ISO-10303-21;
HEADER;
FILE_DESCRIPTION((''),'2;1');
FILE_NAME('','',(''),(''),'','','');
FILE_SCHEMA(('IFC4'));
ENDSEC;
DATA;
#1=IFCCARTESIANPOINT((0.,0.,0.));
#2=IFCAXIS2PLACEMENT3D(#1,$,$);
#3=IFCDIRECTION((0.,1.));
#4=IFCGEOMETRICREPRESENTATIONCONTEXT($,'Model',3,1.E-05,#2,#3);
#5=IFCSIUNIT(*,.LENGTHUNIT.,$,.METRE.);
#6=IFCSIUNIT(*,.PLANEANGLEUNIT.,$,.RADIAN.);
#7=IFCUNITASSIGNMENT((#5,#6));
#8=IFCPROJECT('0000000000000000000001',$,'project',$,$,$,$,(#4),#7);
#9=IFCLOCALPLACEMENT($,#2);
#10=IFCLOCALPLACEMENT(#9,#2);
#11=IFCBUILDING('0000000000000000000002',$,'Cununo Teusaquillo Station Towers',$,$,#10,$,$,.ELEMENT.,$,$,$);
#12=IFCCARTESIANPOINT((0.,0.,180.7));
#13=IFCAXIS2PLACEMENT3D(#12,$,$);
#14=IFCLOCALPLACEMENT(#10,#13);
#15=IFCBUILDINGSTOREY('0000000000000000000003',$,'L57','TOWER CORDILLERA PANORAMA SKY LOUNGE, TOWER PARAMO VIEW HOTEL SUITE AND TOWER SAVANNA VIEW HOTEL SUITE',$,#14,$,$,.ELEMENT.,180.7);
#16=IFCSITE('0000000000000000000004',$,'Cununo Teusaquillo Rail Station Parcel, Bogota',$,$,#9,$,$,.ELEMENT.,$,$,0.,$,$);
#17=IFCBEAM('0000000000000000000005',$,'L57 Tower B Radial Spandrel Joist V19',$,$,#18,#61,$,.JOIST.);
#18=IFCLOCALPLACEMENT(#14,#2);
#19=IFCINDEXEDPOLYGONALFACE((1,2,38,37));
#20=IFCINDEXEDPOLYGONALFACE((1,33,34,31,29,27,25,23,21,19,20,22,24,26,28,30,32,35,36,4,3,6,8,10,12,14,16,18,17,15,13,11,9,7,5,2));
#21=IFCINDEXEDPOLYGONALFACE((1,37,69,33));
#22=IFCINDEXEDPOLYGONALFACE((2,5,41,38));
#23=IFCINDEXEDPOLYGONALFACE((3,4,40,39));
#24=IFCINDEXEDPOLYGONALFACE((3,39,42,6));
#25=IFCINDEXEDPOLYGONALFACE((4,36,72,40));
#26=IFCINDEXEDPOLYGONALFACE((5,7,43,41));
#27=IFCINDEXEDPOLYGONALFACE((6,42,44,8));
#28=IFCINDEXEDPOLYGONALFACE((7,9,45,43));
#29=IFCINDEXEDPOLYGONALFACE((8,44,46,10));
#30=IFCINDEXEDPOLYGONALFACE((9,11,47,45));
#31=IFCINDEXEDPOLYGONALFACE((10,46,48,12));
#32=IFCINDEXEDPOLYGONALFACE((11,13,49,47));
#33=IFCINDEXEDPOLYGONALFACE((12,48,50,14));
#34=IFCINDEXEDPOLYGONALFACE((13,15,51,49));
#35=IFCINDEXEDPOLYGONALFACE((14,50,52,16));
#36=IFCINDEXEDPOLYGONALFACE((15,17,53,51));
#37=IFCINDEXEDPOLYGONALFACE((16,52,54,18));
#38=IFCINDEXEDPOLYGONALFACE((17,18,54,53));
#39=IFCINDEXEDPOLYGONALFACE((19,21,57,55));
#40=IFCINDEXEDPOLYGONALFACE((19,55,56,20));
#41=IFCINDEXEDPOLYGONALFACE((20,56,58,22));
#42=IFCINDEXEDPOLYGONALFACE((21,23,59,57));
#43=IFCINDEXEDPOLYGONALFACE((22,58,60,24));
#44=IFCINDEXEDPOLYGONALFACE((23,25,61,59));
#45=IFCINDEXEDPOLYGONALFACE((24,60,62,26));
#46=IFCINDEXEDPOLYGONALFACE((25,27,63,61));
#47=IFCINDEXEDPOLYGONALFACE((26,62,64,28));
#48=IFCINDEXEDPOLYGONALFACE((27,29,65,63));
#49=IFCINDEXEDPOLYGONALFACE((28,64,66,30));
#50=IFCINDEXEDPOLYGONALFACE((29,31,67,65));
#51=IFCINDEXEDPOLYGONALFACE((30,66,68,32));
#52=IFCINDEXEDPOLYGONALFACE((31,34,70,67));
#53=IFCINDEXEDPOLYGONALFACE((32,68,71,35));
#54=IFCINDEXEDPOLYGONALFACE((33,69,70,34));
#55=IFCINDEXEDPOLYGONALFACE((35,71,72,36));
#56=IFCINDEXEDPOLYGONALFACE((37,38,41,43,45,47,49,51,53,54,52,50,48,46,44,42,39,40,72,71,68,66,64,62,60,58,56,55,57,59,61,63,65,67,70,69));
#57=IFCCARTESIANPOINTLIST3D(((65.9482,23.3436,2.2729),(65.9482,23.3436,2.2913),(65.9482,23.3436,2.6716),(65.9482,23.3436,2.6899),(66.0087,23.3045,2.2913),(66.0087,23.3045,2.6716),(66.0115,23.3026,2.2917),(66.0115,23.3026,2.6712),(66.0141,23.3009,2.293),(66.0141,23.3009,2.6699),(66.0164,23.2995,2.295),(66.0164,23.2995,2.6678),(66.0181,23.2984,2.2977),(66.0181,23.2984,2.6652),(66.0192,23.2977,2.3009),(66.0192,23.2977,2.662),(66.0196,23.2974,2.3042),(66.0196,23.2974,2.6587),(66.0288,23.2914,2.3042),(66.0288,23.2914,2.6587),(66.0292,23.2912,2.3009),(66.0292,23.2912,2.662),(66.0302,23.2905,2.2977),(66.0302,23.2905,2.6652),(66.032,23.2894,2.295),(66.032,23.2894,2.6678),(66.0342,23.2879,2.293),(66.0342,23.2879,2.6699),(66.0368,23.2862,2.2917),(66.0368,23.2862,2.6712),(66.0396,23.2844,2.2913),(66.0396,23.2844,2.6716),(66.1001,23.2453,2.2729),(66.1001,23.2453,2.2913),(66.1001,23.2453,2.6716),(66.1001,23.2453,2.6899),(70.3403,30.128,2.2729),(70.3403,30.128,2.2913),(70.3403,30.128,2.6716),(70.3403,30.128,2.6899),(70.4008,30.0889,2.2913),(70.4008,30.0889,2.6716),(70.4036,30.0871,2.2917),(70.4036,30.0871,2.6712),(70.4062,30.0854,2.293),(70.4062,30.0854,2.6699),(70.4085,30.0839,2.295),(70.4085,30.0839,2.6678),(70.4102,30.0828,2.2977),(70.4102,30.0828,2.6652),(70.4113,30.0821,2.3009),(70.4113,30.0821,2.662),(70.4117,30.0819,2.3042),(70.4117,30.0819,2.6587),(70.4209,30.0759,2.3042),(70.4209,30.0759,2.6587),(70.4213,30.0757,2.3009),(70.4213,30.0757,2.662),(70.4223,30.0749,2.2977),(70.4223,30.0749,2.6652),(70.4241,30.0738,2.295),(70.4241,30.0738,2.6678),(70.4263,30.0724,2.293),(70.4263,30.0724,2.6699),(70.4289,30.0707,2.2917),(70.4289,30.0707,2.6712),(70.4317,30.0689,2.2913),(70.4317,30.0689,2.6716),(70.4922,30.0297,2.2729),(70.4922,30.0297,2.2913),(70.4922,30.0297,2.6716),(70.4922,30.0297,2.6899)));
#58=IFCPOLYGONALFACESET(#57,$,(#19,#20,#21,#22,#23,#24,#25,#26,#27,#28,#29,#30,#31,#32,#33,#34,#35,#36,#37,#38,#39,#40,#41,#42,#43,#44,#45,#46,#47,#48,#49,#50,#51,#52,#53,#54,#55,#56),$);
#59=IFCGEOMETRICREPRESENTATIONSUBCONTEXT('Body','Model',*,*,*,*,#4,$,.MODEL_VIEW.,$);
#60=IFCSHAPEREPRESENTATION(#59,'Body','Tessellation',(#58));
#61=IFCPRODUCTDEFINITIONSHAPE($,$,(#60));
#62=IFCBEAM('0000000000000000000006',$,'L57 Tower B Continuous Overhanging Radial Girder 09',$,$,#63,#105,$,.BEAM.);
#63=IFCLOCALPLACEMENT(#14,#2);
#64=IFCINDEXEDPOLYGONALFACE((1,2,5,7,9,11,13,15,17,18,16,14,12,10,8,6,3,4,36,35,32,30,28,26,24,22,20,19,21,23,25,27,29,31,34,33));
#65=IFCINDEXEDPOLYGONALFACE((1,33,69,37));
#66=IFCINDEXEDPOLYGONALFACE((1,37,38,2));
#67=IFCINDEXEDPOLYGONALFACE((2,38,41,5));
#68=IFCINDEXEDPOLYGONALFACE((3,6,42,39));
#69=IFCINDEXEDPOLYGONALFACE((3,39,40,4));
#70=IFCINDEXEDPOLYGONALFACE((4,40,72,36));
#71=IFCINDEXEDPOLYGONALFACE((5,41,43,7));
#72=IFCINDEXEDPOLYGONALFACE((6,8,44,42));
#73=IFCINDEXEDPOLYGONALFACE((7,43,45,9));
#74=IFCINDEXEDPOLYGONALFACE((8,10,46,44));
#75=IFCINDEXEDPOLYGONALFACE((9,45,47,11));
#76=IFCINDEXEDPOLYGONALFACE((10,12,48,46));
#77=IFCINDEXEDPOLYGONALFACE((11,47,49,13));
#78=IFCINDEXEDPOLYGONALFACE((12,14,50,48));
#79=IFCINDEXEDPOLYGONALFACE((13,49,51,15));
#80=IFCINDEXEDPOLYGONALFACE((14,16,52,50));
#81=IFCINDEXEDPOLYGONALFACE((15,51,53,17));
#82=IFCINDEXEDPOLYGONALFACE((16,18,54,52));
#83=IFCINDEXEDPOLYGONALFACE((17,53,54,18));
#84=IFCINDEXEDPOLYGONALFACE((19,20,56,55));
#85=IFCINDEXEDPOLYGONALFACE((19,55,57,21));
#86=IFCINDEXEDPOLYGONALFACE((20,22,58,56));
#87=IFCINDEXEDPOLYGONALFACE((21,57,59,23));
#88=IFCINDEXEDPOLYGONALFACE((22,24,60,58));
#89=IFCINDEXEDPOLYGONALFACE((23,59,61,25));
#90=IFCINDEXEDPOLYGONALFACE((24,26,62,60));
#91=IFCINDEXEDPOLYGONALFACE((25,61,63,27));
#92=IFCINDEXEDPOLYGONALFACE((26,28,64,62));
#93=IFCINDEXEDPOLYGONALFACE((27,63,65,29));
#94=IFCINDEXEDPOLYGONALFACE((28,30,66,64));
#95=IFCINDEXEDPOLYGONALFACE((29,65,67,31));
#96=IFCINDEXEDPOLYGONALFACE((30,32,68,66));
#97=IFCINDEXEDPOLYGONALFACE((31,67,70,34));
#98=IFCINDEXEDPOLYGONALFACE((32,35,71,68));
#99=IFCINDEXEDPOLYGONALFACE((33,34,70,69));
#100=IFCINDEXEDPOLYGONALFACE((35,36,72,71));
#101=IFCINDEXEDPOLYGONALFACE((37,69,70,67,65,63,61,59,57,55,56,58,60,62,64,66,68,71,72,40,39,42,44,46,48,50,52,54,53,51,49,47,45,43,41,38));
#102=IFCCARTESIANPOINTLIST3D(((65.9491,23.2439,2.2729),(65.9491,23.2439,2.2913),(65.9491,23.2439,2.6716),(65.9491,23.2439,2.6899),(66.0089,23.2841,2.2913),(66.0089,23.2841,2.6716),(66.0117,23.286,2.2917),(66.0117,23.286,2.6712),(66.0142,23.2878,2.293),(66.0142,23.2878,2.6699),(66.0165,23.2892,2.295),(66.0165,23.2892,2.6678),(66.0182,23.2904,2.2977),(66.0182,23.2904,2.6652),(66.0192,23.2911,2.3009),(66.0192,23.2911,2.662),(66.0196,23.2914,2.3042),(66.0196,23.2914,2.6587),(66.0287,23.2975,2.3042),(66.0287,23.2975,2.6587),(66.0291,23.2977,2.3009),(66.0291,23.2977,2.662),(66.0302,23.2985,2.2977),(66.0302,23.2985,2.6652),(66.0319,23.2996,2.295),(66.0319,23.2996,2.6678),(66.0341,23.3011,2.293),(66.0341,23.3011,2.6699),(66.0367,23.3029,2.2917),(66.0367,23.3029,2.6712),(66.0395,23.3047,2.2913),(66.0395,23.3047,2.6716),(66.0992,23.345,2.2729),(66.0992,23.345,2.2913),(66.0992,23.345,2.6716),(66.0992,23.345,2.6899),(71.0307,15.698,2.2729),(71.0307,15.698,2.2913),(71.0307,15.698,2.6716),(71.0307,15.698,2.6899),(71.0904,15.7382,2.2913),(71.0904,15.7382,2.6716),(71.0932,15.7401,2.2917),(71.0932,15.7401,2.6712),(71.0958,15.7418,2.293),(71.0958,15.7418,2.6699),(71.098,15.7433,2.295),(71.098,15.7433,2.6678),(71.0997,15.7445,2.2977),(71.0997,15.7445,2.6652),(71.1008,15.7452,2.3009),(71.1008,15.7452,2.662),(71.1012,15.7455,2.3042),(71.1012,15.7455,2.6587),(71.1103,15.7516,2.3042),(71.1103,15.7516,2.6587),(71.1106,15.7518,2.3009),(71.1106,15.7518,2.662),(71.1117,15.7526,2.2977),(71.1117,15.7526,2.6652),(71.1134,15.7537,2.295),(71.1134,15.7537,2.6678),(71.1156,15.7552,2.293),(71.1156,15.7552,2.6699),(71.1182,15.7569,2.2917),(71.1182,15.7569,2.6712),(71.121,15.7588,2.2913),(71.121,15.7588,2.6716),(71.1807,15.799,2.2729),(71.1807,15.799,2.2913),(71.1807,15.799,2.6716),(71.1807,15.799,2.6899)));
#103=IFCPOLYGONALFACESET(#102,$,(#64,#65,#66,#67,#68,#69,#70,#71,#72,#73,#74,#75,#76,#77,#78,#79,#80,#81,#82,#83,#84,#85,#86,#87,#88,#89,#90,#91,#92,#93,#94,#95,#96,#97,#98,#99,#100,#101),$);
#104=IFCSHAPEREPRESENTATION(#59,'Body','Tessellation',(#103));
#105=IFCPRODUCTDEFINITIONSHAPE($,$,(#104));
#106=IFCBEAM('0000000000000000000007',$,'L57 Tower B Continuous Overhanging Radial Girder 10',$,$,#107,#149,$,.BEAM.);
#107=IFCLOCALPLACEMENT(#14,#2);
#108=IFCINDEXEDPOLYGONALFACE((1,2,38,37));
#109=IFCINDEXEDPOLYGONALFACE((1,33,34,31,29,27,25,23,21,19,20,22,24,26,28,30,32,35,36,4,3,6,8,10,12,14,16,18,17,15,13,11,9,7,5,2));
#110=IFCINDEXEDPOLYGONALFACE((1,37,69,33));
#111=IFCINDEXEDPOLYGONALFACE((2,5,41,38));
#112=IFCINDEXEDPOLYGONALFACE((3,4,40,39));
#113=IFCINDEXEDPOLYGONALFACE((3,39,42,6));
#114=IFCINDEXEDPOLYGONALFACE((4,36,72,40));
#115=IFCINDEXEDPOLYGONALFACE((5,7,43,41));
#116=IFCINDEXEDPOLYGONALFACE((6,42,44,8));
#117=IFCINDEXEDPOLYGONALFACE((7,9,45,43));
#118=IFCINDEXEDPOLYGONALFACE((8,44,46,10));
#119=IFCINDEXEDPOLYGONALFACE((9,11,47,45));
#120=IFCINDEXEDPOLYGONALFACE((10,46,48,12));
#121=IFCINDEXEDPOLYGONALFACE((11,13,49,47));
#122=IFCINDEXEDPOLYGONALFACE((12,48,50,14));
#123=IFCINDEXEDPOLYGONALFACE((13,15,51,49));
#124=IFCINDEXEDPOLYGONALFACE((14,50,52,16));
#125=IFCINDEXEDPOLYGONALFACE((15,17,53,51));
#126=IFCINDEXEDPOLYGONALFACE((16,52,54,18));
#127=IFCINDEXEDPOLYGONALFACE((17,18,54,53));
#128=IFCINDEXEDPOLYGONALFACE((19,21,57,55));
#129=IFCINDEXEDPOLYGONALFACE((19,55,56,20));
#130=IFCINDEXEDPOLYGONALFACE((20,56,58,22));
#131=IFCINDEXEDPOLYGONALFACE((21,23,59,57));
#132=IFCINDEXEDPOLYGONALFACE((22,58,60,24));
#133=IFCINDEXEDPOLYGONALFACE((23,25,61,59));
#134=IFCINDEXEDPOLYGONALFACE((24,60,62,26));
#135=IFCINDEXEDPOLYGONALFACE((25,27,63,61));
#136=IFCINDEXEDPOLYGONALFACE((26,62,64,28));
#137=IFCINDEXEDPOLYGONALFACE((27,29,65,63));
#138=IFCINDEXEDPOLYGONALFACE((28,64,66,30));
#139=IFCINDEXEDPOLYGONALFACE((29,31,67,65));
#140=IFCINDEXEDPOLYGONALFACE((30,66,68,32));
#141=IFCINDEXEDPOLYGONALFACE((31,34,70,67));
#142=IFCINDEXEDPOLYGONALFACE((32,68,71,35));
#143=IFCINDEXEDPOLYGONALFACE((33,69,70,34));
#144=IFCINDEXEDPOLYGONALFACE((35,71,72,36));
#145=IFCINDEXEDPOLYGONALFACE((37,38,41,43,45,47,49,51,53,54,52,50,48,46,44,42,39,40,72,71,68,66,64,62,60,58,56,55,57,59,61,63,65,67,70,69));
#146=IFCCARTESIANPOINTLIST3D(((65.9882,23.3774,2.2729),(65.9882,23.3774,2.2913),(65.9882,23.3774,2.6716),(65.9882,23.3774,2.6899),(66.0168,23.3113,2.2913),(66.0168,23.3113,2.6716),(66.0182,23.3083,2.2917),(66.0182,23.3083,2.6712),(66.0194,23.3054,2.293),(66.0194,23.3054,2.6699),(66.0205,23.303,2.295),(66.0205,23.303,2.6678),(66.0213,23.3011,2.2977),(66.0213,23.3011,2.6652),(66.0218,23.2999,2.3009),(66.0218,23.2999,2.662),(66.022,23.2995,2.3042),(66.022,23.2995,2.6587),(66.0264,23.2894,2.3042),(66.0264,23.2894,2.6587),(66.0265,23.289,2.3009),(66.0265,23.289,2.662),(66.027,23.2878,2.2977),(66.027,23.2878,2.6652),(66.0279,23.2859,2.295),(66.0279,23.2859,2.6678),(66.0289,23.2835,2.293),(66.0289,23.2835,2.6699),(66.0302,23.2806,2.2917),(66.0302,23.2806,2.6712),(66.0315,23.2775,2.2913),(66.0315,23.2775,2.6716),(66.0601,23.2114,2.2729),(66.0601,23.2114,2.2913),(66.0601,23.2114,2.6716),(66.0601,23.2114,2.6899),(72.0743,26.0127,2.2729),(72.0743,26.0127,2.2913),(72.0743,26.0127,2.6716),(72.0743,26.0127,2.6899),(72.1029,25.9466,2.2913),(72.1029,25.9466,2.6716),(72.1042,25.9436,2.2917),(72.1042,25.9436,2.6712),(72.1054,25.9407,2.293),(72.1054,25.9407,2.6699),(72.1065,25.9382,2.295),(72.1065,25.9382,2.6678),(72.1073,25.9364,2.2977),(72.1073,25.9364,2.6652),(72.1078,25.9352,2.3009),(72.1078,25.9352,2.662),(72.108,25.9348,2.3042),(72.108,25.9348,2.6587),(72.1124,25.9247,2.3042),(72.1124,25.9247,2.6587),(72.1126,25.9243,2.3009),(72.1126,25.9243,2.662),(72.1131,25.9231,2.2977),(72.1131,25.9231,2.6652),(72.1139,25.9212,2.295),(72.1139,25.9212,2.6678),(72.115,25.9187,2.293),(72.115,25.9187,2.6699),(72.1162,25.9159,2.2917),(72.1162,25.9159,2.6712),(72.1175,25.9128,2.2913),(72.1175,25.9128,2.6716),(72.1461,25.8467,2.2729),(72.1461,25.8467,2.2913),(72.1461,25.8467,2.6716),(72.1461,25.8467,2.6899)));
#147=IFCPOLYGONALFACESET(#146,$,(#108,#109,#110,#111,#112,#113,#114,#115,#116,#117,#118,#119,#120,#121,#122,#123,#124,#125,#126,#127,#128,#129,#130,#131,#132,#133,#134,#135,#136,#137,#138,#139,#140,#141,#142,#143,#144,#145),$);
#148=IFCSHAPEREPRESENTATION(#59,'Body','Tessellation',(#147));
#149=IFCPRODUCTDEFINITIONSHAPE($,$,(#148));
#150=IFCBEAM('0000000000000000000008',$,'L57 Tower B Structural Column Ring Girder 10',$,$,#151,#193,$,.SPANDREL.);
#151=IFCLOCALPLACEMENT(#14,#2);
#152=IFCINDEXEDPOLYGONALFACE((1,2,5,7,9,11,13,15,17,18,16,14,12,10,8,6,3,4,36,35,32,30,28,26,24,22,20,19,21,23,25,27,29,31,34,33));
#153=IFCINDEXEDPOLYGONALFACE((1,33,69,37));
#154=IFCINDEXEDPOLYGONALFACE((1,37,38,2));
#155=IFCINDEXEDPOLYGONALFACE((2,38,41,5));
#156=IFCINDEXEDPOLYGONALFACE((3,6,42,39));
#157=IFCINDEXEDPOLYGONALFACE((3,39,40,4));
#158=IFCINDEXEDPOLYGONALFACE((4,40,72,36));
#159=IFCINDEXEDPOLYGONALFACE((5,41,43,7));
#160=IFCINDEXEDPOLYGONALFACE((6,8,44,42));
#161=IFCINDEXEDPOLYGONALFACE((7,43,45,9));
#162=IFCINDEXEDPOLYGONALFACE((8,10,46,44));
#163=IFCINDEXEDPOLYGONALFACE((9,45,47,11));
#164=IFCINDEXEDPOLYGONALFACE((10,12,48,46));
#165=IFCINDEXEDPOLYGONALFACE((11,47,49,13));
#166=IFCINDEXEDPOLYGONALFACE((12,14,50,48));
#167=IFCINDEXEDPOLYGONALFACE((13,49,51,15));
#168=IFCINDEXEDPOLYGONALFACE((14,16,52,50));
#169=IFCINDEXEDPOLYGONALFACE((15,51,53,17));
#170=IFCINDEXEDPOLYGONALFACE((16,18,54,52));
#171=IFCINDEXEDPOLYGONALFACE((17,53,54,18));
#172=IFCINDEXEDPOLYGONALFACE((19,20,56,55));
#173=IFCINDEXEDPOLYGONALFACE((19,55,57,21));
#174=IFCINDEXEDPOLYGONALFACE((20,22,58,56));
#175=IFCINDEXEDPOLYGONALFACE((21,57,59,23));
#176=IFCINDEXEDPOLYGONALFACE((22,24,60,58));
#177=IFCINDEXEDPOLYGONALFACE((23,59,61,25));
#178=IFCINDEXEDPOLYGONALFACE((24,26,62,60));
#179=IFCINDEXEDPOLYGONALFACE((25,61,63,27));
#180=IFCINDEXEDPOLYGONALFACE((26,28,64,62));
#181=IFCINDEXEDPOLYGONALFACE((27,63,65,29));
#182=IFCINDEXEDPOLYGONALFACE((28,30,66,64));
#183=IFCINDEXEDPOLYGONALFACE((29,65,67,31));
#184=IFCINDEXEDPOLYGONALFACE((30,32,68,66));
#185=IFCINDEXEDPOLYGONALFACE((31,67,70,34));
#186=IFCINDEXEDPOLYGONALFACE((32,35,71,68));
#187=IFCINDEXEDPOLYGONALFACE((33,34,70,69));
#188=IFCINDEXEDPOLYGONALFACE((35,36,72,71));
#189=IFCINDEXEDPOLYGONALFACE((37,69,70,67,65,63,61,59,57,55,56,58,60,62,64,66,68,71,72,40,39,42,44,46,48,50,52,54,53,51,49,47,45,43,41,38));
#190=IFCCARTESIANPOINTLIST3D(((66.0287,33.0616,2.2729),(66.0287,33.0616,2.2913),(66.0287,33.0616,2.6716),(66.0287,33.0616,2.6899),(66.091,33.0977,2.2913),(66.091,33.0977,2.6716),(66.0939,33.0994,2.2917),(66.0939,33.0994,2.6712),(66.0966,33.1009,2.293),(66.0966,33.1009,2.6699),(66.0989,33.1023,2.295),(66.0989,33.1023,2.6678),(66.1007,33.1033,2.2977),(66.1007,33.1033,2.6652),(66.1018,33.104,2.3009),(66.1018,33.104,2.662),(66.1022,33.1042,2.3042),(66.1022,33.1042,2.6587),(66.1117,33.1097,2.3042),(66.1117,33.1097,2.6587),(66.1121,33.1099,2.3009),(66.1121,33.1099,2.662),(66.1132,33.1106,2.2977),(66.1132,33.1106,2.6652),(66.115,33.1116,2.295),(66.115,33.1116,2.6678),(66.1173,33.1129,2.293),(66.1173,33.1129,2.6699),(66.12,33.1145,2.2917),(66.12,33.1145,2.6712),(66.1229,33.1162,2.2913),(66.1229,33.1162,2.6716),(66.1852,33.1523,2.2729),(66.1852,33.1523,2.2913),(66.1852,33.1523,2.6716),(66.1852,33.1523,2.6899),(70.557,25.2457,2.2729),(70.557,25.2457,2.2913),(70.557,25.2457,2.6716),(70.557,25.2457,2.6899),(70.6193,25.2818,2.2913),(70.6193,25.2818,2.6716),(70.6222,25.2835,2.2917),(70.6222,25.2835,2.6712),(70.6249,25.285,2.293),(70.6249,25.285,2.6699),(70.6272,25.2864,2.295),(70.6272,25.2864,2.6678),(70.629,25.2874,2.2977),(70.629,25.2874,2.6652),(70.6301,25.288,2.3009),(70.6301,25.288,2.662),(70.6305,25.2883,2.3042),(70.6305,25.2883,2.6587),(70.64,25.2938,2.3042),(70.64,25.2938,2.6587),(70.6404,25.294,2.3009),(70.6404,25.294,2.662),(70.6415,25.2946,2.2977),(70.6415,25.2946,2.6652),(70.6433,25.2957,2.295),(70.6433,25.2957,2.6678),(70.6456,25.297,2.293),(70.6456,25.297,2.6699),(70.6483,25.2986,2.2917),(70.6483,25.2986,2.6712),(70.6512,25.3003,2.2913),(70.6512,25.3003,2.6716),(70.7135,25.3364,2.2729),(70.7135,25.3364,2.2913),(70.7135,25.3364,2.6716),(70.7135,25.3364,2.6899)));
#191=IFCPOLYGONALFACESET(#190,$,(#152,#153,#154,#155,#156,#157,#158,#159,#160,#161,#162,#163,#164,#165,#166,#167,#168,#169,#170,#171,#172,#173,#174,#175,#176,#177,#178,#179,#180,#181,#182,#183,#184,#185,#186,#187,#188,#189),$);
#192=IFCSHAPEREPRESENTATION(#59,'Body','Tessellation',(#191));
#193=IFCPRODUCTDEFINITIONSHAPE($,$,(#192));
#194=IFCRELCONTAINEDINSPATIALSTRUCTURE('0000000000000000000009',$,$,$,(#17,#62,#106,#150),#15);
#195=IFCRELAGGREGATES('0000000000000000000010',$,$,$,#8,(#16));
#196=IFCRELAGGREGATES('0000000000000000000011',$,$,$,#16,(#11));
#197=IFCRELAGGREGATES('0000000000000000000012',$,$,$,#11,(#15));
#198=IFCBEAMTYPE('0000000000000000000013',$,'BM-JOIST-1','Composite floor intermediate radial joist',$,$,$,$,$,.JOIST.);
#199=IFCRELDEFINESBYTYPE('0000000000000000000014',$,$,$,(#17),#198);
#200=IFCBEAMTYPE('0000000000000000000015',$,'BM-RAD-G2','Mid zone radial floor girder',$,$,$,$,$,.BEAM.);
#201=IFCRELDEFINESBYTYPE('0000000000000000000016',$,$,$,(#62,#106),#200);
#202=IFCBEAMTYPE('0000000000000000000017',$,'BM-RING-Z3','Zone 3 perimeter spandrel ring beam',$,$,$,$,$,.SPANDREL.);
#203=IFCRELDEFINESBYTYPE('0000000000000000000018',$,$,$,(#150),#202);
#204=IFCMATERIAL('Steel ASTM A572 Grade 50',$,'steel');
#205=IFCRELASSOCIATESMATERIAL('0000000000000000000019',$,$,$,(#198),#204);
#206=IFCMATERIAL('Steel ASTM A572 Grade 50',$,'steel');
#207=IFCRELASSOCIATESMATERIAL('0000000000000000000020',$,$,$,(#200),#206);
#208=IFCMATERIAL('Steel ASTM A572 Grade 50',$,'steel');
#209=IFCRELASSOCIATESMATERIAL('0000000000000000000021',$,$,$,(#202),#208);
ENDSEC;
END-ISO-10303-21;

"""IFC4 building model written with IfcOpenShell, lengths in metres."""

from ifc_helpers import new_model, si_unit, direction, frame, origin, origin_2d, place, context, subcontext, project, spatial, i_section, extrude, material, material_profile, profile_set, type_object, element, save


model = new_model("IFC4")

# Units and contexts
model_context = context("Model", 3, precision=1e-05, world=origin(), true_north=direction((0.0, 1.0)))
body_context = subcontext(model_context, "Body", "Model", "MODEL_VIEW")
ifc_project = project(units=[si_unit("LENGTHUNIT", "METRE"), si_unit("PLANEANGLEUNIT", "RADIAN")], contexts=[model_context])

# Site, building, storey
site_placement = place(None, origin())
site = spatial("IfcSite", under=ifc_project, at=site_placement, Name="Cununo Teusaquillo Rail Station Parcel, Bogota", CompositionType="ELEMENT", RefElevation=0.0)
building_placement = place(site_placement, origin())
building = spatial("IfcBuilding", under=site, at=building_placement, Name="Cununo Teusaquillo Station Towers", CompositionType="ELEMENT")
storey_placement = place(building_placement, frame((0.0, 0.0, 180.7)))
storey = spatial("IfcBuildingStorey", under=building, at=storey_placement, Name="L57", Description="TOWER CORDILLERA PANORAMA SKY LOUNGE, TOWER PARAMO VIEW HOTEL SUITE AND TOWER SAVANNA VIEW HOTEL SUITE", CompositionType="ELEMENT", Elevation=180.7)

# Beams
ifc_material_1 = material(Name="Steel ASTM A572 Grade 50", Category="steel")
ifc_material_profile_1 = material_profile(ifc_material_1, i_section(OverallWidth=0.1809, OverallDepth=0.417, WebThickness=0.011, FlangeThickness=0.0183, FilletRadius=0.0129, at=origin_2d()), Name="W16X57")
ifc_profile_set_1 = profile_set([ifc_material_profile_1], Name="Steel ASTM A572 Grade 50")
beam_type_1 = type_object("IfcBeamType", Name="BM-JOIST-1", Description="Composite floor intermediate radial joist", PredefinedType="JOIST", material=ifc_profile_set_1)
beam_1_placement = place(storey_placement, frame((66.0242, 23.2944, 2.4814), z_axis=(0.54344, 0.839448, 0.0), x_axis=(-0.839448, 0.54344, 0.0)))
element("IfcBeam", 1, at=beam_1_placement, inside=storey, type_object=beam_type_1, Name="L57 Tower B Radial Spandrel Joist V19", PredefinedType="JOIST", context=body_context, shape_type="SweptSolid", body=[
    extrude(i_section(OverallWidth=0.1809, OverallDepth=0.417, WebThickness=0.011, FlangeThickness=0.0183, FilletRadius=0.0129, at=origin_2d()), origin(), (0.0, 0.0, 1.0), 8.082),
])
ifc_material_2 = material(Name="Steel ASTM A572 Grade 50", Category="steel")
ifc_material_profile_2 = material_profile(ifc_material_2, i_section(OverallWidth=0.1809, OverallDepth=0.417, WebThickness=0.011, FlangeThickness=0.0183, FilletRadius=0.0129, at=origin_2d()), Name="W16X57")
ifc_profile_set_2 = profile_set([ifc_material_profile_2], Name="Steel ASTM A572 Grade 50")
beam_type_2 = type_object("IfcBeamType", Name="BM-RAD-G2", Description="Mid zone radial floor girder", PredefinedType="BEAM", material=ifc_profile_set_2)
beam_2_placement = place(storey_placement, frame((66.0242, 23.2944, 2.4814), z_axis=(0.558571, -0.829457, 0.0), x_axis=(0.829457, 0.558571, 0.0)))
element("IfcBeam", 2, at=beam_2_placement, inside=storey, type_object=beam_type_2, Name="L57 Tower B Continuous Overhanging Radial Girder 09", PredefinedType="BEAM", context=body_context, shape_type="SweptSolid", body=[
    extrude(i_section(OverallWidth=0.1809, OverallDepth=0.417, WebThickness=0.011, FlangeThickness=0.0183, FilletRadius=0.0129, at=origin_2d()), origin(), (0.0, 0.0, 1.0), 9.0974),
])
beam_3_placement = place(storey_placement, frame((66.0242, 23.2944, 2.4814), z_axis=(0.917665, 0.397355, 0.0), x_axis=(-0.397355, 0.917665, 0.0)))
element("IfcBeam", 3, at=beam_3_placement, inside=storey, type_object=beam_type_2, Name="L57 Tower B Continuous Overhanging Radial Girder 10", PredefinedType="BEAM", context=body_context, shape_type="SweptSolid", body=[
    extrude(i_section(OverallWidth=0.1809, OverallDepth=0.417, WebThickness=0.011, FlangeThickness=0.0183, FilletRadius=0.0129, at=origin_2d()), origin(), (0.0, 0.0, 1.0), 6.6321),
])
ifc_material_3 = material(Name="Steel ASTM A572 Grade 50", Category="steel")
ifc_material_profile_3 = material_profile(ifc_material_3, i_section(OverallWidth=0.1809, OverallDepth=0.417, WebThickness=0.011, FlangeThickness=0.0183, FilletRadius=0.0129, at=origin_2d()), Name="W16X57")
ifc_profile_set_3 = profile_set([ifc_material_profile_3], Name="Steel ASTM A572 Grade 50")
beam_type_3 = type_object("IfcBeamType", Name="BM-RING-Z3", Description="Zone 3 perimeter spandrel ring beam", PredefinedType="SPANDREL", material=ifc_profile_set_3)
beam_4_placement = place(storey_placement, frame((70.6353, 25.291, 2.4814), z_axis=(-0.501311, 0.865267, 0.0), x_axis=(-0.865267, -0.501311, 0.0)))
element("IfcBeam", 4, at=beam_4_placement, inside=storey, type_object=beam_type_3, Name="L57 Tower B Structural Column Ring Girder 10", PredefinedType="SPANDREL", context=body_context, shape_type="SweptSolid", body=[
    extrude(i_section(OverallWidth=0.1809, OverallDepth=0.417, WebThickness=0.011, FlangeThickness=0.0183, FilletRadius=0.0129, at=origin_2d()), origin(), (0.0, 0.0, 1.0), 9.033),
])

save(model, "model.ifc")
